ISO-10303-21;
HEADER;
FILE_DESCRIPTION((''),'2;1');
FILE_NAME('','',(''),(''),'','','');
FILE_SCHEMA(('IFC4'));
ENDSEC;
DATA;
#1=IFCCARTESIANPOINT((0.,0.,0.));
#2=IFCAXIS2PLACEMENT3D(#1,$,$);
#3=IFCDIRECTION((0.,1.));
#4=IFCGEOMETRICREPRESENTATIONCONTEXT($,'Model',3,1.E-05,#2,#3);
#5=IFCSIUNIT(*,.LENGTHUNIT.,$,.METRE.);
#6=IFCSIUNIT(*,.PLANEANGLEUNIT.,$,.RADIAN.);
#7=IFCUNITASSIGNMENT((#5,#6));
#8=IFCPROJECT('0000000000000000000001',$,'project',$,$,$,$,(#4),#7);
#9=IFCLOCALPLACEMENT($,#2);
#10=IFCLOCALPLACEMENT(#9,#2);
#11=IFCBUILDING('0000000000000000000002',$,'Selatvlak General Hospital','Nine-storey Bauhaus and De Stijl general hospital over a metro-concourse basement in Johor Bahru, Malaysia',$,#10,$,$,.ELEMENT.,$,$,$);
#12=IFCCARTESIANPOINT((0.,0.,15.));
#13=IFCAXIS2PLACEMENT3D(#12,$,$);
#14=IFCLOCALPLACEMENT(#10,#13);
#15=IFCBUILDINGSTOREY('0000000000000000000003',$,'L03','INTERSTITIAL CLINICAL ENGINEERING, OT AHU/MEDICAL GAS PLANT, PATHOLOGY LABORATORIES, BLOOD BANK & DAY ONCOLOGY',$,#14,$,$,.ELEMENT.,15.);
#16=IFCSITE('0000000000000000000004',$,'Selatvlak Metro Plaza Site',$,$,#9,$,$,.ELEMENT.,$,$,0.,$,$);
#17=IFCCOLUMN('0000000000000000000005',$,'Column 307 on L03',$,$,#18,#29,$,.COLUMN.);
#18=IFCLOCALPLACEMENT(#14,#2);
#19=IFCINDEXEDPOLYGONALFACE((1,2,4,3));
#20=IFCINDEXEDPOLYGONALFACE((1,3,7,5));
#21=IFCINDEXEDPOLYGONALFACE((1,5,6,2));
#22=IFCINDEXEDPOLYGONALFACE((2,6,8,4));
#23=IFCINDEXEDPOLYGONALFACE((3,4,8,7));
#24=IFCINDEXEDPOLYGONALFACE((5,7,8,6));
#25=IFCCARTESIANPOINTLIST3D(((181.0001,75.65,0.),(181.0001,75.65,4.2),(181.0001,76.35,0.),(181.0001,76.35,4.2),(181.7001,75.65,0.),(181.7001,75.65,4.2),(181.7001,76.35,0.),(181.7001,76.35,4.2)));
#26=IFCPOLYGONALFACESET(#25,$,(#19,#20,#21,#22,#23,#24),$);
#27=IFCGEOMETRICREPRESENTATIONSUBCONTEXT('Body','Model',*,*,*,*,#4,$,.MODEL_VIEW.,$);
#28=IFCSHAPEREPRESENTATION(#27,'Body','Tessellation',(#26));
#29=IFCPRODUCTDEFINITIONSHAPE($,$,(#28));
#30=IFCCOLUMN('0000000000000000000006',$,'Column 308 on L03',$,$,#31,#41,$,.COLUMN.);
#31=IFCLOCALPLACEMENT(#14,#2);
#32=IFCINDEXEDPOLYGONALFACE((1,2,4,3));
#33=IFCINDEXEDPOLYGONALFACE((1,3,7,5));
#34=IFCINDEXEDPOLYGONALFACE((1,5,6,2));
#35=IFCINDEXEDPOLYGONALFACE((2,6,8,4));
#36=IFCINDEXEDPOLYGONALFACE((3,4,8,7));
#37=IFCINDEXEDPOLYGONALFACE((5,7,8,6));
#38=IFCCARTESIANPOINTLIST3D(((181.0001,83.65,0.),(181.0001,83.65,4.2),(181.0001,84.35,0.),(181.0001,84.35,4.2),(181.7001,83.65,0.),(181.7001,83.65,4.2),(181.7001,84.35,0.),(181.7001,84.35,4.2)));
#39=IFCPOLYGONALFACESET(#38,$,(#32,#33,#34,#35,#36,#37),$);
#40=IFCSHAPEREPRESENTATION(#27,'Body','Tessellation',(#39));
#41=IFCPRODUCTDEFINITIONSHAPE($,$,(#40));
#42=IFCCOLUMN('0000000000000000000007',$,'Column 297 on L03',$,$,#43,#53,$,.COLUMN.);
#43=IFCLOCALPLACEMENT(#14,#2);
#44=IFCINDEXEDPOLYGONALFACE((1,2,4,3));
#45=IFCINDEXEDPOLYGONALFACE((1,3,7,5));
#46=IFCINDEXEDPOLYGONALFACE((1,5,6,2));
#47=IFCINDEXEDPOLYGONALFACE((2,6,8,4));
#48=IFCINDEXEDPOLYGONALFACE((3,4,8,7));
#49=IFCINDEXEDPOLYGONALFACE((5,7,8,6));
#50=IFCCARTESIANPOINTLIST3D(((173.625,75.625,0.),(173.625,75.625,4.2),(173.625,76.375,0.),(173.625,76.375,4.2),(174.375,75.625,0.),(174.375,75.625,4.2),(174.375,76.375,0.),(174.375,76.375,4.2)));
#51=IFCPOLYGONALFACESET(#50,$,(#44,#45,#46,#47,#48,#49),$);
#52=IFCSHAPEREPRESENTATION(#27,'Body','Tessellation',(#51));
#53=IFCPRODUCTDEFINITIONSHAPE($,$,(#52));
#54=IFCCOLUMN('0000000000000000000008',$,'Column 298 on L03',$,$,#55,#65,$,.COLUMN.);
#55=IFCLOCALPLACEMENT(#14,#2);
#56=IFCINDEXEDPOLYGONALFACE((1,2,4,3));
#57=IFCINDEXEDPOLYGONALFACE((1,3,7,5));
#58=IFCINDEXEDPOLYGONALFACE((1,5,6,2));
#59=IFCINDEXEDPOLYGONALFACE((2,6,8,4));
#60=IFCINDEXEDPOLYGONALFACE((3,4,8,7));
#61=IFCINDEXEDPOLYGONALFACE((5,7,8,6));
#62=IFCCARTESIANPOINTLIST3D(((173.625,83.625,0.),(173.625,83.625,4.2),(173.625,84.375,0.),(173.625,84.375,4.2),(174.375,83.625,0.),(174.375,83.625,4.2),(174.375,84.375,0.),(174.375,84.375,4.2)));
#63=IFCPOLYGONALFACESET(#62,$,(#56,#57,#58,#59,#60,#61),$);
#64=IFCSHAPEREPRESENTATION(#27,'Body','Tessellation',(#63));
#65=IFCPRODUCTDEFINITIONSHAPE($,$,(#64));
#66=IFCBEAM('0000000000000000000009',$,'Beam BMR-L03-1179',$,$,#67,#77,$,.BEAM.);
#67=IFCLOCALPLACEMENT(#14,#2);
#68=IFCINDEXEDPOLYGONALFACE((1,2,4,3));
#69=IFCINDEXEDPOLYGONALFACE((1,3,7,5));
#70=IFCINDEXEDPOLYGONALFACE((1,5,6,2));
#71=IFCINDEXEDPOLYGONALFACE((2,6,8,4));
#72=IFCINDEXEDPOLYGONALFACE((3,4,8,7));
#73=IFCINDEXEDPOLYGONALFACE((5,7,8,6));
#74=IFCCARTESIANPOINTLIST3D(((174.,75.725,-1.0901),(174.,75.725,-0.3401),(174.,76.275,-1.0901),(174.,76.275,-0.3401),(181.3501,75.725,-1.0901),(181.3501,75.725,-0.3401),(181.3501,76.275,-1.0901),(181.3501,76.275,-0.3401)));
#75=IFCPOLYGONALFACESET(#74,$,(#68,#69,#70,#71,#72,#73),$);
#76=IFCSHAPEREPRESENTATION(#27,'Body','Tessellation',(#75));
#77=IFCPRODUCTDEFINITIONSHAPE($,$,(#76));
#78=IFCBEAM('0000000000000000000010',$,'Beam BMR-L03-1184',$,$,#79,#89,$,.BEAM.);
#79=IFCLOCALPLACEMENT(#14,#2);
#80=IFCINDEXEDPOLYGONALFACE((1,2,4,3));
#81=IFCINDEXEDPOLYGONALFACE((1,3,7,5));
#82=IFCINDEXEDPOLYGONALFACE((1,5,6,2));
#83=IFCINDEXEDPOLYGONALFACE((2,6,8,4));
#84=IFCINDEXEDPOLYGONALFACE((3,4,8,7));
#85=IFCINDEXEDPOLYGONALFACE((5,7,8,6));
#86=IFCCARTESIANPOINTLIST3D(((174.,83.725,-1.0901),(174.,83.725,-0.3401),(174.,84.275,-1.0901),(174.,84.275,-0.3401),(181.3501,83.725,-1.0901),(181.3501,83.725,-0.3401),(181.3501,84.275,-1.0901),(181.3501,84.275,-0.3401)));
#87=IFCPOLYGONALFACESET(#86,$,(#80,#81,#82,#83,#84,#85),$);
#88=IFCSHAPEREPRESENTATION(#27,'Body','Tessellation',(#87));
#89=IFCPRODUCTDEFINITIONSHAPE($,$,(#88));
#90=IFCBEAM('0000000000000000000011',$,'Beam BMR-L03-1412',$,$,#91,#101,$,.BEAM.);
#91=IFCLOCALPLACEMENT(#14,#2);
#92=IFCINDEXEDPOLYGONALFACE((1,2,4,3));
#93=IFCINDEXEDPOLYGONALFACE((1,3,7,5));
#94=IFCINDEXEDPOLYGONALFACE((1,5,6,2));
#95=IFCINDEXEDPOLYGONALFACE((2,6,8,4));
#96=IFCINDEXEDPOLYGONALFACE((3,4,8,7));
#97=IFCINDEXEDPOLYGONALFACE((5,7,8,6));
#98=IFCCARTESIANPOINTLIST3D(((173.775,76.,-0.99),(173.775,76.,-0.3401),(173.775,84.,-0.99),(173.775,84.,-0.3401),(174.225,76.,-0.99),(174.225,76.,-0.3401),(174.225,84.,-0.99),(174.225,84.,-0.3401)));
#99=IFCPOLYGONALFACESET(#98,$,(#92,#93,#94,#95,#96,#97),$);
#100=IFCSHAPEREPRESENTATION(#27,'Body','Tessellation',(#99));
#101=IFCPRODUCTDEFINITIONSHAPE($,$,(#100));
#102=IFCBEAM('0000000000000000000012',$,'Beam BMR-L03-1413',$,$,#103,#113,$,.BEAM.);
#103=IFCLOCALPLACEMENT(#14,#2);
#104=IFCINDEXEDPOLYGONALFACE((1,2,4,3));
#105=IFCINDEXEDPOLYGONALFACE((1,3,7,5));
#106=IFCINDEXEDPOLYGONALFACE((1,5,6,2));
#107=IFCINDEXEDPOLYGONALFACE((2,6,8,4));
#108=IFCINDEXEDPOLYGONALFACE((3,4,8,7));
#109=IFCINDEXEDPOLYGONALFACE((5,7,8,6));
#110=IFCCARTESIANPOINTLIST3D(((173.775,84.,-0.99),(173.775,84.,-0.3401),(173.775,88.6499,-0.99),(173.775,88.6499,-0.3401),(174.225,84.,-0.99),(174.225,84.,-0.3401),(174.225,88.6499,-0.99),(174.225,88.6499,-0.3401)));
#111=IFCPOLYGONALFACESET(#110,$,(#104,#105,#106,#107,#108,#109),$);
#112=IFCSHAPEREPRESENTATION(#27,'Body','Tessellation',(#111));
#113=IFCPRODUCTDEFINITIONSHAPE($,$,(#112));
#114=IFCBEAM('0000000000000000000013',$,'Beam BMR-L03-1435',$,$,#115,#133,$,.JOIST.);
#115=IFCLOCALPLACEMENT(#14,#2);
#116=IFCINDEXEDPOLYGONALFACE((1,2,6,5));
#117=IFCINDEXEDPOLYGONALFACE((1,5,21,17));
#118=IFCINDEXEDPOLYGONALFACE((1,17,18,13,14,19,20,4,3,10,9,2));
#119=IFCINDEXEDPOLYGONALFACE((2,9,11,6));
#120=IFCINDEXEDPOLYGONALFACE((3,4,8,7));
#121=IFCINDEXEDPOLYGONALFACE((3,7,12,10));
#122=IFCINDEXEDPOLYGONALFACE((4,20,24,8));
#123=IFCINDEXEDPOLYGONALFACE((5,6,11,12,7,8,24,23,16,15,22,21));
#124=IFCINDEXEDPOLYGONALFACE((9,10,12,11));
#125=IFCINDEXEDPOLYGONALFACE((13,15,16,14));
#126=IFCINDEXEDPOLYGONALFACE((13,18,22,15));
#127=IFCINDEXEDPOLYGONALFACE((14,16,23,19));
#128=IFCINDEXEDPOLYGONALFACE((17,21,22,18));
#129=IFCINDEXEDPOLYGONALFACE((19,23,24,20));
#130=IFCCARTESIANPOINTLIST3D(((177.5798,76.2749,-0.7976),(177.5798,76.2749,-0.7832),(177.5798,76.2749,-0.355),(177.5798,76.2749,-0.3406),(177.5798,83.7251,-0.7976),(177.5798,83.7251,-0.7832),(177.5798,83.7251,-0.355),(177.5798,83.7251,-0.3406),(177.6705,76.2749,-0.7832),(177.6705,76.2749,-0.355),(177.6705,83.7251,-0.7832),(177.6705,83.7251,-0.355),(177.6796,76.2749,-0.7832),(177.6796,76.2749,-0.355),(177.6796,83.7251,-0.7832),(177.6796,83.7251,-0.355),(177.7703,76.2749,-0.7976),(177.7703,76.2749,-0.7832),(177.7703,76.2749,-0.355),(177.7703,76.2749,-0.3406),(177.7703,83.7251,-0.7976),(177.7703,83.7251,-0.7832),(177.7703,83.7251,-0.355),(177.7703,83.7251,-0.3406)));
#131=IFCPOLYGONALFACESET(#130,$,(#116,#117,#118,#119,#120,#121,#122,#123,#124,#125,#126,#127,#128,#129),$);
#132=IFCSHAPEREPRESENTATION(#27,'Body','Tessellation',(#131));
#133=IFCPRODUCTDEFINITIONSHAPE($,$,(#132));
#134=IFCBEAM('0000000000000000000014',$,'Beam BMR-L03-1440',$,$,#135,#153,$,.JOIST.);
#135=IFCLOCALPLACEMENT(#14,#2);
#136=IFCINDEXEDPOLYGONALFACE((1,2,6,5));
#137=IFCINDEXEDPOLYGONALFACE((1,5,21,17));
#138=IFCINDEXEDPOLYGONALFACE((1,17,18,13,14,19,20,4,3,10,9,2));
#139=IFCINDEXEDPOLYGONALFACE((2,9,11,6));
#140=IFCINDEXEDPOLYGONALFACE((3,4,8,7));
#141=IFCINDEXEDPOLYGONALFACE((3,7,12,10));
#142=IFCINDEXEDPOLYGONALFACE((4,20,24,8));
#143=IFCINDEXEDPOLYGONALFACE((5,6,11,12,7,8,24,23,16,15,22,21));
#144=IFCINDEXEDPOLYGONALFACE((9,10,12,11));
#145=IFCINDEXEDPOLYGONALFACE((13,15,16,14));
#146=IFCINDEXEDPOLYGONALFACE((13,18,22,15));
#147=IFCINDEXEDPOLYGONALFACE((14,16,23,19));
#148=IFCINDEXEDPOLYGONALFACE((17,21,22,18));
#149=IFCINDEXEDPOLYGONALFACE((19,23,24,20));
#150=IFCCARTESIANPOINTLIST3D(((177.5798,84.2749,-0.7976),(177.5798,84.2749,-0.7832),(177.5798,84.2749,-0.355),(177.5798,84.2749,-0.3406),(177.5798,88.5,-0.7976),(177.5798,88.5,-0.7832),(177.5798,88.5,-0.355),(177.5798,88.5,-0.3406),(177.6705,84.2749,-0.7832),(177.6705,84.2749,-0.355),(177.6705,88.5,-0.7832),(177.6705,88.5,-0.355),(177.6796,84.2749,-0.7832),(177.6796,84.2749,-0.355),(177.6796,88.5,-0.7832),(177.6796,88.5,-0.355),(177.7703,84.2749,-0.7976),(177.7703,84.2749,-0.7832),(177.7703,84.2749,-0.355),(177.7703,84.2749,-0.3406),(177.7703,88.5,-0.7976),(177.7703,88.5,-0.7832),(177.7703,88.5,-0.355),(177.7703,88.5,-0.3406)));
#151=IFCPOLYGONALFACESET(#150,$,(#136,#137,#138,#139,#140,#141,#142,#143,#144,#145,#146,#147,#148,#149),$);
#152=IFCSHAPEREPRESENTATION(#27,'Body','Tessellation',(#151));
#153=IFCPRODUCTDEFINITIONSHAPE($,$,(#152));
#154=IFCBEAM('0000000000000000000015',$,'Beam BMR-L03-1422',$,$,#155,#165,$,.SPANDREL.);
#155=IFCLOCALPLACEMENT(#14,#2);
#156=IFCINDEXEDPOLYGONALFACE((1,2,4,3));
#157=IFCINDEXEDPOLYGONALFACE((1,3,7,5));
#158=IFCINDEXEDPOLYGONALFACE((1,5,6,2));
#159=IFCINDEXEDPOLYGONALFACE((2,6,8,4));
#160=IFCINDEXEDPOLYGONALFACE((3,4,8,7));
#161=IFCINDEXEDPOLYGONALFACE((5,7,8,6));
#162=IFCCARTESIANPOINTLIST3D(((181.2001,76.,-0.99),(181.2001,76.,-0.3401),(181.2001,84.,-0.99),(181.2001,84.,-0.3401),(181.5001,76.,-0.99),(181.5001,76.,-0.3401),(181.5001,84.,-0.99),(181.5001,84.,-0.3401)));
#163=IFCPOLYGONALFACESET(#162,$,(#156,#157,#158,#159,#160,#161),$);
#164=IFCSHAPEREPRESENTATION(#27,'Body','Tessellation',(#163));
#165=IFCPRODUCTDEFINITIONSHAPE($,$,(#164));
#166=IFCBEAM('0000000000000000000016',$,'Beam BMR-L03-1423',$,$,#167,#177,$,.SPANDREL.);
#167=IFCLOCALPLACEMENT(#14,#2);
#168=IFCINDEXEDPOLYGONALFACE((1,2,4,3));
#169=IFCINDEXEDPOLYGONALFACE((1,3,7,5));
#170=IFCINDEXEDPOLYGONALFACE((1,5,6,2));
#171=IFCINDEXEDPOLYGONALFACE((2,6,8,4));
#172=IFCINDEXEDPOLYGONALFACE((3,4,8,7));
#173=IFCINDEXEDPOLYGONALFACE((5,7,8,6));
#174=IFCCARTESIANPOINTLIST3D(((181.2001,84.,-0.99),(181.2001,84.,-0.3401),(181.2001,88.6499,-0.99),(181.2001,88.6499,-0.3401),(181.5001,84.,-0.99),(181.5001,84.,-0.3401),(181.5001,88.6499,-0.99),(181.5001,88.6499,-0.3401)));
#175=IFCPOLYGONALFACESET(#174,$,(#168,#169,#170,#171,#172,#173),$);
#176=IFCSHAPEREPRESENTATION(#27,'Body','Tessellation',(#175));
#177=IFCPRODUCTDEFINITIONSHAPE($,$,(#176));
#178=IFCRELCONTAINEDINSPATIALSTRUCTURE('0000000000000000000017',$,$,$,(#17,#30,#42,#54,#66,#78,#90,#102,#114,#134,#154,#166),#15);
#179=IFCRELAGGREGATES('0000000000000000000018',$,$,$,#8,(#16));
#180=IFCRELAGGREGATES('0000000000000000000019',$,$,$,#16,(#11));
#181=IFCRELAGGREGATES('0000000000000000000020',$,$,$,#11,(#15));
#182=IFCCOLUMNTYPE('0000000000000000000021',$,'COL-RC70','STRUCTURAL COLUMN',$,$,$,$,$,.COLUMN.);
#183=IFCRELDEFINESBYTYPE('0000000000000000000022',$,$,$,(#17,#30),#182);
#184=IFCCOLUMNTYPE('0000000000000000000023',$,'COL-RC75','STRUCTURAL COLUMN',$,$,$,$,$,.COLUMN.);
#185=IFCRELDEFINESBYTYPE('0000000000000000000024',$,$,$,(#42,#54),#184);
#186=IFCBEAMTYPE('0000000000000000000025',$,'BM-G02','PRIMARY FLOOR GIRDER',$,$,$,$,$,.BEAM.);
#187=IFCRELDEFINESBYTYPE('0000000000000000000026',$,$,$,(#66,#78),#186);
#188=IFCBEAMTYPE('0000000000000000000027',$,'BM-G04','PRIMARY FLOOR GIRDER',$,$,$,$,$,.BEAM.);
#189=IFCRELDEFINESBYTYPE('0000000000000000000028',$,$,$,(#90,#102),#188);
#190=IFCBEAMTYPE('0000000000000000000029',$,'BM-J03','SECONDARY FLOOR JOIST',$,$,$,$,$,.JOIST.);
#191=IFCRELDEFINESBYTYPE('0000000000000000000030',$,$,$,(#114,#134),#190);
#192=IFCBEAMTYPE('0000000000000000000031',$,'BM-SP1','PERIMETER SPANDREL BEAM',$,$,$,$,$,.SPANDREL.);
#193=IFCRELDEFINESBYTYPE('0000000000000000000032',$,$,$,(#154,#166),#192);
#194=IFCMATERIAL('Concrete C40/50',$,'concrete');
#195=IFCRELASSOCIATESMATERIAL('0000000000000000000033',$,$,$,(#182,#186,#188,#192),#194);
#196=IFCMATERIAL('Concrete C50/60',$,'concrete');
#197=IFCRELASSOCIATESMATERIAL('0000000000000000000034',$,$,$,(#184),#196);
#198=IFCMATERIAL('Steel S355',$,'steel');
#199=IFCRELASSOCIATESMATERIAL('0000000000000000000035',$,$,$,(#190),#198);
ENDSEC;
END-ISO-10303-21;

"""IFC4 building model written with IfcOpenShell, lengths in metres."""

from ifc_helpers import new_model, si_unit, direction, frame, origin, origin_2d, place, context, subcontext, project, spatial, rectangle, i_section, extrude, material, material_profile, profile_set, type_object, element, save


model = new_model("IFC4")

# Units and contexts
model_context = context("Model", 3, precision=1e-05, world=origin(), true_north=direction((0.0, 1.0)))
body_context = subcontext(model_context, "Body", "Model", "MODEL_VIEW")
ifc_project = project(units=[si_unit("LENGTHUNIT", "METRE"), si_unit("PLANEANGLEUNIT", "RADIAN")], contexts=[model_context])

# Site, building, storey
site_placement = place(None, origin())
site = spatial("IfcSite", under=ifc_project, at=site_placement, Name="Selatvlak Metro Plaza Site", CompositionType="ELEMENT", RefElevation=0.0)
building_placement = place(site_placement, origin())
building = spatial("IfcBuilding", under=site, at=building_placement, Name="Selatvlak General Hospital", Description="Nine-storey Bauhaus and De Stijl general hospital over a metro-concourse basement in Johor Bahru, Malaysia", CompositionType="ELEMENT")
storey_placement = place(building_placement, frame((0.0, 0.0, 15.0)))
storey = spatial("IfcBuildingStorey", under=building, at=storey_placement, Name="L03", Description="INTERSTITIAL CLINICAL ENGINEERING, OT AHU/MEDICAL GAS PLANT, PATHOLOGY LABORATORIES, BLOOD BANK & DAY ONCOLOGY", CompositionType="ELEMENT", Elevation=15.0)

# Columns
ifc_material_1 = material(Name="Concrete C40/50", Category="concrete")
ifc_material_profile_1 = material_profile(ifc_material_1, rectangle(XDim=0.7, YDim=0.7, at=origin_2d()), Name="RC-COL 700x700")
ifc_profile_set_1 = profile_set([ifc_material_profile_1], Name="Concrete C40/50")
column_type_1 = type_object("IfcColumnType", Name="COL-RC70", Description="STRUCTURAL COLUMN", PredefinedType="COLUMN", material=ifc_profile_set_1)
for number, where, z_axis, x_axis, name in (
    (1, (181.3501, 76.0, 0.0), (0.0, 0.0, 1.0), (1.0, 0.0, 0.0), "Column 307 on L03"),
    (2, (181.3501, 84.0, 0.0), (0.0, 0.0, 1.0), (1.0, 0.0, 0.0), "Column 308 on L03"),
):
    element("IfcColumn", number, at=place(storey_placement, frame(where, z_axis=z_axis, x_axis=x_axis)), inside=storey, type_object=column_type_1, Name=name, PredefinedType="COLUMN", context=body_context, shape_type="SweptSolid", body=[
        extrude(rectangle(XDim=0.7, YDim=0.7, at=origin_2d()), origin(), (0.0, 0.0, 1.0), 4.2),
    ])
ifc_material_2 = material(Name="Concrete C50/60", Category="concrete")
ifc_material_profile_2 = material_profile(ifc_material_2, rectangle(XDim=0.75, YDim=0.75, at=origin_2d()), Name="RC-COL 750x750")
ifc_profile_set_2 = profile_set([ifc_material_profile_2], Name="Concrete C50/60")
column_type_2 = type_object("IfcColumnType", Name="COL-RC75", Description="STRUCTURAL COLUMN", PredefinedType="COLUMN", material=ifc_profile_set_2)
for number, where, z_axis, x_axis, name in (
    (3, (174.0, 76.0, 0.0), (0.0, 0.0, 1.0), (1.0, 0.0, 0.0), "Column 297 on L03"),
    (4, (174.0, 84.0, 0.0), (0.0, 0.0, 1.0), (1.0, 0.0, 0.0), "Column 298 on L03"),
):
    element("IfcColumn", number, at=place(storey_placement, frame(where, z_axis=z_axis, x_axis=x_axis)), inside=storey, type_object=column_type_2, Name=name, PredefinedType="COLUMN", context=body_context, shape_type="SweptSolid", body=[
        extrude(rectangle(XDim=0.75, YDim=0.75, at=origin_2d()), origin(), (0.0, 0.0, 1.0), 4.2),
    ])

# Beams
ifc_material_profile_3 = material_profile(ifc_material_1, rectangle(XDim=0.55, YDim=0.75, at=origin_2d()), Name="RC-BM 550x750")
ifc_profile_set_3 = profile_set([ifc_material_profile_3], Name="Concrete C40/50")
beam_type_1 = type_object("IfcBeamType", Name="BM-G02", Description="PRIMARY FLOOR GIRDER", PredefinedType="BEAM", material=ifc_profile_set_3)
for number, where, z_axis, x_axis, name in (
    (5, (174.0, 76.0, -0.7151), (1.0, 0.0, 0.0), (0.0, 1.0, 0.0), "Beam BMR-L03-1179"),
    (6, (174.0, 84.0, -0.7151), (1.0, 0.0, 0.0), (0.0, 1.0, 0.0), "Beam BMR-L03-1184"),
):
    element("IfcBeam", number, at=place(storey_placement, frame(where, z_axis=z_axis, x_axis=x_axis)), inside=storey, type_object=beam_type_1, Name=name, PredefinedType="BEAM", context=body_context, shape_type="SweptSolid", body=[
        extrude(rectangle(XDim=0.55, YDim=0.75, at=origin_2d()), origin(), (0.0, 0.0, 1.0), 7.3501),
    ])
ifc_material_profile_4 = material_profile(ifc_material_1, rectangle(XDim=0.45, YDim=0.6499, at=origin_2d()), Name="RC-BM 450x650")
ifc_profile_set_4 = profile_set([ifc_material_profile_4], Name="Concrete C40/50")
beam_type_2 = type_object("IfcBeamType", Name="BM-G04", Description="PRIMARY FLOOR GIRDER", PredefinedType="BEAM", material=ifc_profile_set_4)
beam_1_placement = place(storey_placement, frame((174.0, 76.0, -0.665), z_axis=(0.0, 1.0, 0.0), x_axis=(-1.0, 0.0, 0.0)))
element("IfcBeam", 7, at=beam_1_placement, inside=storey, type_object=beam_type_2, Name="Beam BMR-L03-1412", PredefinedType="BEAM", context=body_context, shape_type="SweptSolid", body=[
    extrude(rectangle(XDim=0.45, YDim=0.6499, at=origin_2d()), origin(), (0.0, 0.0, 1.0), 8.0),
])
beam_2_placement = place(storey_placement, frame((174.0, 84.0, -0.665), z_axis=(0.0, 1.0, 0.0), x_axis=(-1.0, 0.0, 0.0)))
element("IfcBeam", 8, at=beam_2_placement, inside=storey, type_object=beam_type_2, Name="Beam BMR-L03-1413", PredefinedType="BEAM", context=body_context, shape_type="SweptSolid", body=[
    extrude(rectangle(XDim=0.45, YDim=0.6499, at=origin_2d()), origin(), (0.0, 0.0, 1.0), 4.6499),
])
ifc_material_3 = material(Name="Steel S355", Category="steel")
ifc_material_profile_5 = material_profile(ifc_material_3, i_section(OverallWidth=0.1904, OverallDepth=0.457, WebThickness=0.009, FlangeThickness=0.0144, at=origin_2d()), Name="UB 457x191x74")
ifc_profile_set_5 = profile_set([ifc_material_profile_5], Name="Steel S355")
beam_type_3 = type_object("IfcBeamType", Name="BM-J03", Description="SECONDARY FLOOR JOIST", PredefinedType="JOIST", material=ifc_profile_set_5)
beam_3_placement = place(storey_placement, frame((177.675, 76.2749, -0.5691), z_axis=(0.0, 1.0, 0.0), x_axis=(-1.0, 0.0, 0.0)))
element("IfcBeam", 9, at=beam_3_placement, inside=storey, type_object=beam_type_3, Name="Beam BMR-L03-1435", PredefinedType="JOIST", context=body_context, shape_type="SweptSolid", body=[
    extrude(i_section(OverallWidth=0.1904, OverallDepth=0.457, WebThickness=0.009, FlangeThickness=0.0144, at=origin_2d()), origin(), (0.0, 0.0, 1.0), 7.4502),
])
beam_4_placement = place(storey_placement, frame((177.675, 84.2749, -0.5691), z_axis=(0.0, 1.0, 0.0), x_axis=(-1.0, 0.0, 0.0)))
element("IfcBeam", 10, at=beam_4_placement, inside=storey, type_object=beam_type_3, Name="Beam BMR-L03-1440", PredefinedType="JOIST", context=body_context, shape_type="SweptSolid", body=[
    extrude(i_section(OverallWidth=0.1904, OverallDepth=0.457, WebThickness=0.009, FlangeThickness=0.0144, at=origin_2d()), origin(), (0.0, 0.0, 1.0), 4.2251),
])
ifc_material_profile_6 = material_profile(ifc_material_1, rectangle(XDim=0.3, YDim=0.6499, at=origin_2d()), Name="RC-SP 300x650")
ifc_profile_set_6 = profile_set([ifc_material_profile_6], Name="Concrete C40/50")
beam_type_4 = type_object("IfcBeamType", Name="BM-SP1", Description="PERIMETER SPANDREL BEAM", PredefinedType="SPANDREL", material=ifc_profile_set_6)
beam_5_placement = place(storey_placement, frame((181.3501, 76.0, -0.665), z_axis=(0.0, 1.0, 0.0), x_axis=(-1.0, 0.0, 0.0)))
element("IfcBeam", 11, at=beam_5_placement, inside=storey, type_object=beam_type_4, Name="Beam BMR-L03-1422", PredefinedType="SPANDREL", context=body_context, shape_type="SweptSolid", body=[
    extrude(rectangle(XDim=0.3, YDim=0.6499, at=origin_2d()), origin(), (0.0, 0.0, 1.0), 8.0),
])
beam_6_placement = place(storey_placement, frame((181.3501, 84.0, -0.665), z_axis=(0.0, 1.0, 0.0), x_axis=(-1.0, 0.0, 0.0)))
element("IfcBeam", 12, at=beam_6_placement, inside=storey, type_object=beam_type_4, Name="Beam BMR-L03-1423", PredefinedType="SPANDREL", context=body_context, shape_type="SweptSolid", body=[
    extrude(rectangle(XDim=0.3, YDim=0.6499, at=origin_2d()), origin(), (0.0, 0.0, 1.0), 4.6499),
])

save(model, "model.ifc")
